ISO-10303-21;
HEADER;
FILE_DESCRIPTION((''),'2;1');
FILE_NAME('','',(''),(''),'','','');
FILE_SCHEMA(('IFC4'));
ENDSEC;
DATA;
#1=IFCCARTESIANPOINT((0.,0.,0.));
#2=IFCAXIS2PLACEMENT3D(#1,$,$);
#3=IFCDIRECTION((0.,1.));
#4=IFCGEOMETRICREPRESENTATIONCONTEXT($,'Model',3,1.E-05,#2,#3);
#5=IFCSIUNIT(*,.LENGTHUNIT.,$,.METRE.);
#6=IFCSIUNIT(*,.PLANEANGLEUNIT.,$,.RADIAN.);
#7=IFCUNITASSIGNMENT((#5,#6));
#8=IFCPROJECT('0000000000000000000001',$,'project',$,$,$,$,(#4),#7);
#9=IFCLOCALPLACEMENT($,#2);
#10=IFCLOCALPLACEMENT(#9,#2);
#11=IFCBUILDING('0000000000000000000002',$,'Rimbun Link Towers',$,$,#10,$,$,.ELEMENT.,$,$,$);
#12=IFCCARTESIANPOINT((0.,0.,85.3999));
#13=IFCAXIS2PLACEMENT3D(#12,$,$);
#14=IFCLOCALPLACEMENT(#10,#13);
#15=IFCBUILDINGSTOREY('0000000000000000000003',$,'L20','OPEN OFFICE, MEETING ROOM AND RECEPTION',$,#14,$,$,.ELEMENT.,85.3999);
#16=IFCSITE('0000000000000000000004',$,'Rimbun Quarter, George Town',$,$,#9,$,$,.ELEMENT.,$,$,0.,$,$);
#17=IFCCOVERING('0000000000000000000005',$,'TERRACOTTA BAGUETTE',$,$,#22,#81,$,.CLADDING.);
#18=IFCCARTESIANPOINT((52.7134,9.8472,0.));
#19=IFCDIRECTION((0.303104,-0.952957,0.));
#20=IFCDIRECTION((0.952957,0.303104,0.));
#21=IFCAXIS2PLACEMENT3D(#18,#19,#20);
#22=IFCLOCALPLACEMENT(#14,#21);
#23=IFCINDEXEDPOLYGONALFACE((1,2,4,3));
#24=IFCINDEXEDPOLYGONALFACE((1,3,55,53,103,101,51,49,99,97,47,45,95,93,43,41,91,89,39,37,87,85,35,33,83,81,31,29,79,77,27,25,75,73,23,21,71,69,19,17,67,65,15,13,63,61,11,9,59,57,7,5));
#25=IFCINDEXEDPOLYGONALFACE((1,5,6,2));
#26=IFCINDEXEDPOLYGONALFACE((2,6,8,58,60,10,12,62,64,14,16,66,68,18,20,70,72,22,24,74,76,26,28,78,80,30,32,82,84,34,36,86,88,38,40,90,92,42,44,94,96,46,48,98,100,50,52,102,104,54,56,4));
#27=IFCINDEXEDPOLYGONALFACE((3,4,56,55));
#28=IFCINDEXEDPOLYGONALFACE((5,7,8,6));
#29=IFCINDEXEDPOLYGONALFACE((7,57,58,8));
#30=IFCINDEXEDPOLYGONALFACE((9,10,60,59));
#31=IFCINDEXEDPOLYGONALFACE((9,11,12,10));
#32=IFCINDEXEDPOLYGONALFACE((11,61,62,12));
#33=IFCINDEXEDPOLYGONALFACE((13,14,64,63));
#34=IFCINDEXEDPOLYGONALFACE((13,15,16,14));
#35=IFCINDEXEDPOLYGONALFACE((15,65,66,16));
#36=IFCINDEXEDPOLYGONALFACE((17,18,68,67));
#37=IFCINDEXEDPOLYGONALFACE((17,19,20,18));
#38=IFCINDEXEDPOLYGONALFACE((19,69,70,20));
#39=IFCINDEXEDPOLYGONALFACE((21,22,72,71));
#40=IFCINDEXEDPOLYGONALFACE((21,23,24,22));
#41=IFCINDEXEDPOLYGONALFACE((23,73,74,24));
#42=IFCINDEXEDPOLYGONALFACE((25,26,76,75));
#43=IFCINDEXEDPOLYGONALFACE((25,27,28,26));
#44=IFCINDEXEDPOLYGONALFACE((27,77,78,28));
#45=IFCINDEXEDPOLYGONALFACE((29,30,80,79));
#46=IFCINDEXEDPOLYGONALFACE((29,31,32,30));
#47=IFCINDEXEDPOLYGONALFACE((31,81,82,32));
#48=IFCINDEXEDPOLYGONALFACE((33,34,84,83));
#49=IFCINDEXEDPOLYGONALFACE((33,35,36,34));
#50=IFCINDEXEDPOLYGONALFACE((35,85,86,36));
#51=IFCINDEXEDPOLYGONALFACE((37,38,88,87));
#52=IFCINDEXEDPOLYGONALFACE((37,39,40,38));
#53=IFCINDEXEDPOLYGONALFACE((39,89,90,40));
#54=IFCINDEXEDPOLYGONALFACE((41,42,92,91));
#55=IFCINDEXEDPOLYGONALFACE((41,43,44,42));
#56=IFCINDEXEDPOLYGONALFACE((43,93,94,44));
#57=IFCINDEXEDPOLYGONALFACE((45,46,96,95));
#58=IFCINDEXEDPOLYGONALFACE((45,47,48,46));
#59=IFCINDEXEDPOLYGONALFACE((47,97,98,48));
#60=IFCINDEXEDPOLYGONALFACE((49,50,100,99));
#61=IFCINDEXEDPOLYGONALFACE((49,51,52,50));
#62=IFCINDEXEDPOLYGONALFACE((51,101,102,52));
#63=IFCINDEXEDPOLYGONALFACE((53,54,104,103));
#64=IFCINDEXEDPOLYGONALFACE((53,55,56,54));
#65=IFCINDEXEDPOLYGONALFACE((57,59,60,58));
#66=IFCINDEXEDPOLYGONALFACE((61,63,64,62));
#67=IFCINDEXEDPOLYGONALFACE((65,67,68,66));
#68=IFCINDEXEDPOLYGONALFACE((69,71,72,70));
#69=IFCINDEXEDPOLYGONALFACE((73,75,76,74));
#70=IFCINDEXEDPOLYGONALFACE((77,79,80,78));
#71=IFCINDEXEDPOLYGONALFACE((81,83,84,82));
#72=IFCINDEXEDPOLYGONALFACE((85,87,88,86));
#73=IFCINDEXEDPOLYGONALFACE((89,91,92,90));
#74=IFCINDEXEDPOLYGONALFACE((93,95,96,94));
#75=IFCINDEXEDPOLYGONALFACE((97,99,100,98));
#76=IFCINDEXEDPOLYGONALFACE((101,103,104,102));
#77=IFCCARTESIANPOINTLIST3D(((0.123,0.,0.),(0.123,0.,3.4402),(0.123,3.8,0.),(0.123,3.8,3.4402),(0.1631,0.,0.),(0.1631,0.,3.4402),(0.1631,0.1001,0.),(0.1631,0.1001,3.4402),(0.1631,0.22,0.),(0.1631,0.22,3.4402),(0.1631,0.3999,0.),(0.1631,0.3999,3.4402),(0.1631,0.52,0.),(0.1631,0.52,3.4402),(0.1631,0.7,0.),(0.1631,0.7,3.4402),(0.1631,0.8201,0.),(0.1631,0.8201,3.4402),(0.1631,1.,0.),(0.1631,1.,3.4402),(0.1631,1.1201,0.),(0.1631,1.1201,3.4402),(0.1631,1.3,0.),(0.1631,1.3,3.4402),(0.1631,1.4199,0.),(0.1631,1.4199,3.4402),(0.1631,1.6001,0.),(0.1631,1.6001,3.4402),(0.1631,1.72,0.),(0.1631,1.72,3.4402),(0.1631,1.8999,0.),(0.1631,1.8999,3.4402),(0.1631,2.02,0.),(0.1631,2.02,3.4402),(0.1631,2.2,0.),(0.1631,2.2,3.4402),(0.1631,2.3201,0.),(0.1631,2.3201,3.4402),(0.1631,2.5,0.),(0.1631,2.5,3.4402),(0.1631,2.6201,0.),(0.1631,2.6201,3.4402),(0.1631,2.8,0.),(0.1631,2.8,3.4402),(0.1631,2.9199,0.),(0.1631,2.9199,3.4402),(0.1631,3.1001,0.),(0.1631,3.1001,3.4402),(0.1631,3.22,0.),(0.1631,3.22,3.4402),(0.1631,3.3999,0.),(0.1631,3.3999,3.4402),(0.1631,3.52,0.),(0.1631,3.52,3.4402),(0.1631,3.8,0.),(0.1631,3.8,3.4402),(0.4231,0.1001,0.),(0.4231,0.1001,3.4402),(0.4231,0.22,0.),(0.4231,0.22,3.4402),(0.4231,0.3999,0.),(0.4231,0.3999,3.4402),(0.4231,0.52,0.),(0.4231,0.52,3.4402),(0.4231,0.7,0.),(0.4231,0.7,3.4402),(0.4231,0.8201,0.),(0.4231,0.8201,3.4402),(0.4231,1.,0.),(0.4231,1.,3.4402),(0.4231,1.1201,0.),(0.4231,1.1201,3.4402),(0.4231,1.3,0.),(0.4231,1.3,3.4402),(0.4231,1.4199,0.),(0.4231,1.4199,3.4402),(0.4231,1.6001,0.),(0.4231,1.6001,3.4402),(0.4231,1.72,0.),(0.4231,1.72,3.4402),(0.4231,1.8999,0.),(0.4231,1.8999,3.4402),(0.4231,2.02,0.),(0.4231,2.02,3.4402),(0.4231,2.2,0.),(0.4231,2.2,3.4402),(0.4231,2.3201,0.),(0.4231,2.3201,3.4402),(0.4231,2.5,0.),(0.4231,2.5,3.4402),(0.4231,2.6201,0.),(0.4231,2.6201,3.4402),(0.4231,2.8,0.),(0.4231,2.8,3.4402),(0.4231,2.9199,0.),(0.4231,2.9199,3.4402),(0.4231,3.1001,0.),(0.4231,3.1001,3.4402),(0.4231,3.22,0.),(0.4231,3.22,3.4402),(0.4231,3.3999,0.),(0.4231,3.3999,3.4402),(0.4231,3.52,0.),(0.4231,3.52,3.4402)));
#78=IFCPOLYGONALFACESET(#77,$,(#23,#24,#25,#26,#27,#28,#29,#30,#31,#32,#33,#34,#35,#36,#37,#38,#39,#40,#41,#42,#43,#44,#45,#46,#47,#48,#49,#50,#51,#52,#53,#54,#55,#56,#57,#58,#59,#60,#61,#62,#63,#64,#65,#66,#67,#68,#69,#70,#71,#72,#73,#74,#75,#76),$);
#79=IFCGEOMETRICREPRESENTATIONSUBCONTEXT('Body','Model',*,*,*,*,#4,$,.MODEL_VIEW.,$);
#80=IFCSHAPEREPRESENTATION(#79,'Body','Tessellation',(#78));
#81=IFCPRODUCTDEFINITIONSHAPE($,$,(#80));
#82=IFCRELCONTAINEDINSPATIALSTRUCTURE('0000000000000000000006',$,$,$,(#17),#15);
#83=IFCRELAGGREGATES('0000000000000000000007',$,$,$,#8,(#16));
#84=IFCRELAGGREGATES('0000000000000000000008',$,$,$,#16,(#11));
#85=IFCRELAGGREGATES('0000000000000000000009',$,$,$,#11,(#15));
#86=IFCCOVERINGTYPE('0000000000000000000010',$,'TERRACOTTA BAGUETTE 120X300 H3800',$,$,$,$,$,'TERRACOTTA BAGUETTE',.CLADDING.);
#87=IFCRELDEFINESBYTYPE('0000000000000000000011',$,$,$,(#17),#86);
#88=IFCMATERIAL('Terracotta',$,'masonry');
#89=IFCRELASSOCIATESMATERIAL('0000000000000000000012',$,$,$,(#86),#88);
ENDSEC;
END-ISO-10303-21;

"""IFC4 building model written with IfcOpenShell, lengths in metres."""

from ifc_helpers import new_model, si_unit, direction, frame, origin, place, context, subcontext, project, spatial, polyline, outline, extrude, material, material_profile, profile_set, type_object, element, save


model = new_model("IFC4")

# Units and contexts
model_context = context("Model", 3, precision=1e-05, world=origin(), true_north=direction((0.0, 1.0)))
body_context = subcontext(model_context, "Body", "Model", "MODEL_VIEW")
ifc_project = project(units=[si_unit("LENGTHUNIT", "METRE"), si_unit("PLANEANGLEUNIT", "RADIAN")], contexts=[model_context])

# Site, building, storey
site_placement = place(None, origin())
site = spatial("IfcSite", under=ifc_project, at=site_placement, Name="Rimbun Quarter, George Town", CompositionType="ELEMENT", RefElevation=0.0)
building_placement = place(site_placement, origin())
building = spatial("IfcBuilding", under=site, at=building_placement, Name="Rimbun Link Towers", CompositionType="ELEMENT")
storey_placement = place(building_placement, frame((0.0, 0.0, 85.3999)))
storey = spatial("IfcBuildingStorey", under=building, at=storey_placement, Name="L20", Description="OPEN OFFICE, MEETING ROOM AND RECEPTION", CompositionType="ELEMENT", Elevation=85.3999)

# Covering
ifc_material_1 = material(Name="Terracotta", Category="masonry")
ifc_material_profile_1 = material_profile(ifc_material_1, outline(polyline([(0.123, 0.0), (0.1631, 0.0), (0.1631, 0.1001), (0.4231, 0.1001), (0.4231, 0.22), (0.1631, 0.22), (0.1631, 0.3999), (0.4231, 0.3999), (0.4231, 0.52), (0.1631, 0.52), (0.1631, 0.7), (0.4231, 0.7), (0.4231, 0.8201), (0.1631, 0.8201), (0.1631, 1.0), (0.4231, 1.0), (0.4231, 1.1201), (0.1631, 1.1201), (0.1631, 1.3), (0.4231, 1.3), (0.4231, 1.4199), (0.1631, 1.4199), (0.1631, 1.6001), (0.4231, 1.6001), (0.4231, 1.72), (0.1631, 1.72), (0.1631, 1.8999), (0.4231, 1.8999), (0.4231, 2.02), (0.1631, 2.02), (0.1631, 2.2), (0.4231, 2.2), (0.4231, 2.3201), (0.1631, 2.3201), (0.1631, 2.5), (0.4231, 2.5), (0.4231, 2.6201), (0.1631, 2.6201), (0.1631, 2.8), (0.4231, 2.8), (0.4231, 2.9199), (0.1631, 2.9199), (0.1631, 3.1001), (0.4231, 3.1001), (0.4231, 3.22), (0.1631, 3.22), (0.1631, 3.3999), (0.4231, 3.3999), (0.4231, 3.52), (0.1631, 3.52), (0.1631, 3.8), (0.123, 3.8), (0.123, 0.0)])), Name="BAGUETTE 120X300")
ifc_profile_set_1 = profile_set([ifc_material_profile_1], Name="Terracotta")
covering_type = type_object("IfcCoveringType", Name="TERRACOTTA BAGUETTE 120X300 H3800", ElementType="TERRACOTTA BAGUETTE", PredefinedType="CLADDING", material=ifc_profile_set_1)
covering_1_placement = place(storey_placement, frame((52.7134, 9.8472, 0.0), z_axis=(0.303104, -0.952957, 0.0), x_axis=(0.952957, 0.303104, 0.0)))
element("IfcCovering", 1, at=covering_1_placement, inside=storey, type_object=covering_type, Name="TERRACOTTA BAGUETTE", PredefinedType="CLADDING", context=body_context, shape_type="SweptSolid", body=[
    extrude(outline(polyline([(0.123, 0.0), (0.1631, 0.0), (0.1631, 0.1001), (0.4231, 0.1001), (0.4231, 0.22), (0.1631, 0.22), (0.1631, 0.3999), (0.4231, 0.3999), (0.4231, 0.52), (0.1631, 0.52), (0.1631, 0.7), (0.4231, 0.7), (0.4231, 0.8201), (0.1631, 0.8201), (0.1631, 1.0), (0.4231, 1.0), (0.4231, 1.1201), (0.1631, 1.1201), (0.1631, 1.3), (0.4231, 1.3), (0.4231, 1.4199), (0.1631, 1.4199), (0.1631, 1.6001), (0.4231, 1.6001), (0.4231, 1.72), (0.1631, 1.72), (0.1631, 1.8999), (0.4231, 1.8999), (0.4231, 2.02), (0.1631, 2.02), (0.1631, 2.2), (0.4231, 2.2), (0.4231, 2.3201), (0.1631, 2.3201), (0.1631, 2.5), (0.4231, 2.5), (0.4231, 2.6201), (0.1631, 2.6201), (0.1631, 2.8), (0.4231, 2.8), (0.4231, 2.9199), (0.1631, 2.9199), (0.1631, 3.1001), (0.4231, 3.1001), (0.4231, 3.22), (0.1631, 3.22), (0.1631, 3.3999), (0.4231, 3.3999), (0.4231, 3.52), (0.1631, 3.52), (0.1631, 3.8), (0.123, 3.8), (0.123, 0.0)])), origin(), (0.0, 0.0, 1.0), 3.4402),
])

save(model, "model.ifc")
